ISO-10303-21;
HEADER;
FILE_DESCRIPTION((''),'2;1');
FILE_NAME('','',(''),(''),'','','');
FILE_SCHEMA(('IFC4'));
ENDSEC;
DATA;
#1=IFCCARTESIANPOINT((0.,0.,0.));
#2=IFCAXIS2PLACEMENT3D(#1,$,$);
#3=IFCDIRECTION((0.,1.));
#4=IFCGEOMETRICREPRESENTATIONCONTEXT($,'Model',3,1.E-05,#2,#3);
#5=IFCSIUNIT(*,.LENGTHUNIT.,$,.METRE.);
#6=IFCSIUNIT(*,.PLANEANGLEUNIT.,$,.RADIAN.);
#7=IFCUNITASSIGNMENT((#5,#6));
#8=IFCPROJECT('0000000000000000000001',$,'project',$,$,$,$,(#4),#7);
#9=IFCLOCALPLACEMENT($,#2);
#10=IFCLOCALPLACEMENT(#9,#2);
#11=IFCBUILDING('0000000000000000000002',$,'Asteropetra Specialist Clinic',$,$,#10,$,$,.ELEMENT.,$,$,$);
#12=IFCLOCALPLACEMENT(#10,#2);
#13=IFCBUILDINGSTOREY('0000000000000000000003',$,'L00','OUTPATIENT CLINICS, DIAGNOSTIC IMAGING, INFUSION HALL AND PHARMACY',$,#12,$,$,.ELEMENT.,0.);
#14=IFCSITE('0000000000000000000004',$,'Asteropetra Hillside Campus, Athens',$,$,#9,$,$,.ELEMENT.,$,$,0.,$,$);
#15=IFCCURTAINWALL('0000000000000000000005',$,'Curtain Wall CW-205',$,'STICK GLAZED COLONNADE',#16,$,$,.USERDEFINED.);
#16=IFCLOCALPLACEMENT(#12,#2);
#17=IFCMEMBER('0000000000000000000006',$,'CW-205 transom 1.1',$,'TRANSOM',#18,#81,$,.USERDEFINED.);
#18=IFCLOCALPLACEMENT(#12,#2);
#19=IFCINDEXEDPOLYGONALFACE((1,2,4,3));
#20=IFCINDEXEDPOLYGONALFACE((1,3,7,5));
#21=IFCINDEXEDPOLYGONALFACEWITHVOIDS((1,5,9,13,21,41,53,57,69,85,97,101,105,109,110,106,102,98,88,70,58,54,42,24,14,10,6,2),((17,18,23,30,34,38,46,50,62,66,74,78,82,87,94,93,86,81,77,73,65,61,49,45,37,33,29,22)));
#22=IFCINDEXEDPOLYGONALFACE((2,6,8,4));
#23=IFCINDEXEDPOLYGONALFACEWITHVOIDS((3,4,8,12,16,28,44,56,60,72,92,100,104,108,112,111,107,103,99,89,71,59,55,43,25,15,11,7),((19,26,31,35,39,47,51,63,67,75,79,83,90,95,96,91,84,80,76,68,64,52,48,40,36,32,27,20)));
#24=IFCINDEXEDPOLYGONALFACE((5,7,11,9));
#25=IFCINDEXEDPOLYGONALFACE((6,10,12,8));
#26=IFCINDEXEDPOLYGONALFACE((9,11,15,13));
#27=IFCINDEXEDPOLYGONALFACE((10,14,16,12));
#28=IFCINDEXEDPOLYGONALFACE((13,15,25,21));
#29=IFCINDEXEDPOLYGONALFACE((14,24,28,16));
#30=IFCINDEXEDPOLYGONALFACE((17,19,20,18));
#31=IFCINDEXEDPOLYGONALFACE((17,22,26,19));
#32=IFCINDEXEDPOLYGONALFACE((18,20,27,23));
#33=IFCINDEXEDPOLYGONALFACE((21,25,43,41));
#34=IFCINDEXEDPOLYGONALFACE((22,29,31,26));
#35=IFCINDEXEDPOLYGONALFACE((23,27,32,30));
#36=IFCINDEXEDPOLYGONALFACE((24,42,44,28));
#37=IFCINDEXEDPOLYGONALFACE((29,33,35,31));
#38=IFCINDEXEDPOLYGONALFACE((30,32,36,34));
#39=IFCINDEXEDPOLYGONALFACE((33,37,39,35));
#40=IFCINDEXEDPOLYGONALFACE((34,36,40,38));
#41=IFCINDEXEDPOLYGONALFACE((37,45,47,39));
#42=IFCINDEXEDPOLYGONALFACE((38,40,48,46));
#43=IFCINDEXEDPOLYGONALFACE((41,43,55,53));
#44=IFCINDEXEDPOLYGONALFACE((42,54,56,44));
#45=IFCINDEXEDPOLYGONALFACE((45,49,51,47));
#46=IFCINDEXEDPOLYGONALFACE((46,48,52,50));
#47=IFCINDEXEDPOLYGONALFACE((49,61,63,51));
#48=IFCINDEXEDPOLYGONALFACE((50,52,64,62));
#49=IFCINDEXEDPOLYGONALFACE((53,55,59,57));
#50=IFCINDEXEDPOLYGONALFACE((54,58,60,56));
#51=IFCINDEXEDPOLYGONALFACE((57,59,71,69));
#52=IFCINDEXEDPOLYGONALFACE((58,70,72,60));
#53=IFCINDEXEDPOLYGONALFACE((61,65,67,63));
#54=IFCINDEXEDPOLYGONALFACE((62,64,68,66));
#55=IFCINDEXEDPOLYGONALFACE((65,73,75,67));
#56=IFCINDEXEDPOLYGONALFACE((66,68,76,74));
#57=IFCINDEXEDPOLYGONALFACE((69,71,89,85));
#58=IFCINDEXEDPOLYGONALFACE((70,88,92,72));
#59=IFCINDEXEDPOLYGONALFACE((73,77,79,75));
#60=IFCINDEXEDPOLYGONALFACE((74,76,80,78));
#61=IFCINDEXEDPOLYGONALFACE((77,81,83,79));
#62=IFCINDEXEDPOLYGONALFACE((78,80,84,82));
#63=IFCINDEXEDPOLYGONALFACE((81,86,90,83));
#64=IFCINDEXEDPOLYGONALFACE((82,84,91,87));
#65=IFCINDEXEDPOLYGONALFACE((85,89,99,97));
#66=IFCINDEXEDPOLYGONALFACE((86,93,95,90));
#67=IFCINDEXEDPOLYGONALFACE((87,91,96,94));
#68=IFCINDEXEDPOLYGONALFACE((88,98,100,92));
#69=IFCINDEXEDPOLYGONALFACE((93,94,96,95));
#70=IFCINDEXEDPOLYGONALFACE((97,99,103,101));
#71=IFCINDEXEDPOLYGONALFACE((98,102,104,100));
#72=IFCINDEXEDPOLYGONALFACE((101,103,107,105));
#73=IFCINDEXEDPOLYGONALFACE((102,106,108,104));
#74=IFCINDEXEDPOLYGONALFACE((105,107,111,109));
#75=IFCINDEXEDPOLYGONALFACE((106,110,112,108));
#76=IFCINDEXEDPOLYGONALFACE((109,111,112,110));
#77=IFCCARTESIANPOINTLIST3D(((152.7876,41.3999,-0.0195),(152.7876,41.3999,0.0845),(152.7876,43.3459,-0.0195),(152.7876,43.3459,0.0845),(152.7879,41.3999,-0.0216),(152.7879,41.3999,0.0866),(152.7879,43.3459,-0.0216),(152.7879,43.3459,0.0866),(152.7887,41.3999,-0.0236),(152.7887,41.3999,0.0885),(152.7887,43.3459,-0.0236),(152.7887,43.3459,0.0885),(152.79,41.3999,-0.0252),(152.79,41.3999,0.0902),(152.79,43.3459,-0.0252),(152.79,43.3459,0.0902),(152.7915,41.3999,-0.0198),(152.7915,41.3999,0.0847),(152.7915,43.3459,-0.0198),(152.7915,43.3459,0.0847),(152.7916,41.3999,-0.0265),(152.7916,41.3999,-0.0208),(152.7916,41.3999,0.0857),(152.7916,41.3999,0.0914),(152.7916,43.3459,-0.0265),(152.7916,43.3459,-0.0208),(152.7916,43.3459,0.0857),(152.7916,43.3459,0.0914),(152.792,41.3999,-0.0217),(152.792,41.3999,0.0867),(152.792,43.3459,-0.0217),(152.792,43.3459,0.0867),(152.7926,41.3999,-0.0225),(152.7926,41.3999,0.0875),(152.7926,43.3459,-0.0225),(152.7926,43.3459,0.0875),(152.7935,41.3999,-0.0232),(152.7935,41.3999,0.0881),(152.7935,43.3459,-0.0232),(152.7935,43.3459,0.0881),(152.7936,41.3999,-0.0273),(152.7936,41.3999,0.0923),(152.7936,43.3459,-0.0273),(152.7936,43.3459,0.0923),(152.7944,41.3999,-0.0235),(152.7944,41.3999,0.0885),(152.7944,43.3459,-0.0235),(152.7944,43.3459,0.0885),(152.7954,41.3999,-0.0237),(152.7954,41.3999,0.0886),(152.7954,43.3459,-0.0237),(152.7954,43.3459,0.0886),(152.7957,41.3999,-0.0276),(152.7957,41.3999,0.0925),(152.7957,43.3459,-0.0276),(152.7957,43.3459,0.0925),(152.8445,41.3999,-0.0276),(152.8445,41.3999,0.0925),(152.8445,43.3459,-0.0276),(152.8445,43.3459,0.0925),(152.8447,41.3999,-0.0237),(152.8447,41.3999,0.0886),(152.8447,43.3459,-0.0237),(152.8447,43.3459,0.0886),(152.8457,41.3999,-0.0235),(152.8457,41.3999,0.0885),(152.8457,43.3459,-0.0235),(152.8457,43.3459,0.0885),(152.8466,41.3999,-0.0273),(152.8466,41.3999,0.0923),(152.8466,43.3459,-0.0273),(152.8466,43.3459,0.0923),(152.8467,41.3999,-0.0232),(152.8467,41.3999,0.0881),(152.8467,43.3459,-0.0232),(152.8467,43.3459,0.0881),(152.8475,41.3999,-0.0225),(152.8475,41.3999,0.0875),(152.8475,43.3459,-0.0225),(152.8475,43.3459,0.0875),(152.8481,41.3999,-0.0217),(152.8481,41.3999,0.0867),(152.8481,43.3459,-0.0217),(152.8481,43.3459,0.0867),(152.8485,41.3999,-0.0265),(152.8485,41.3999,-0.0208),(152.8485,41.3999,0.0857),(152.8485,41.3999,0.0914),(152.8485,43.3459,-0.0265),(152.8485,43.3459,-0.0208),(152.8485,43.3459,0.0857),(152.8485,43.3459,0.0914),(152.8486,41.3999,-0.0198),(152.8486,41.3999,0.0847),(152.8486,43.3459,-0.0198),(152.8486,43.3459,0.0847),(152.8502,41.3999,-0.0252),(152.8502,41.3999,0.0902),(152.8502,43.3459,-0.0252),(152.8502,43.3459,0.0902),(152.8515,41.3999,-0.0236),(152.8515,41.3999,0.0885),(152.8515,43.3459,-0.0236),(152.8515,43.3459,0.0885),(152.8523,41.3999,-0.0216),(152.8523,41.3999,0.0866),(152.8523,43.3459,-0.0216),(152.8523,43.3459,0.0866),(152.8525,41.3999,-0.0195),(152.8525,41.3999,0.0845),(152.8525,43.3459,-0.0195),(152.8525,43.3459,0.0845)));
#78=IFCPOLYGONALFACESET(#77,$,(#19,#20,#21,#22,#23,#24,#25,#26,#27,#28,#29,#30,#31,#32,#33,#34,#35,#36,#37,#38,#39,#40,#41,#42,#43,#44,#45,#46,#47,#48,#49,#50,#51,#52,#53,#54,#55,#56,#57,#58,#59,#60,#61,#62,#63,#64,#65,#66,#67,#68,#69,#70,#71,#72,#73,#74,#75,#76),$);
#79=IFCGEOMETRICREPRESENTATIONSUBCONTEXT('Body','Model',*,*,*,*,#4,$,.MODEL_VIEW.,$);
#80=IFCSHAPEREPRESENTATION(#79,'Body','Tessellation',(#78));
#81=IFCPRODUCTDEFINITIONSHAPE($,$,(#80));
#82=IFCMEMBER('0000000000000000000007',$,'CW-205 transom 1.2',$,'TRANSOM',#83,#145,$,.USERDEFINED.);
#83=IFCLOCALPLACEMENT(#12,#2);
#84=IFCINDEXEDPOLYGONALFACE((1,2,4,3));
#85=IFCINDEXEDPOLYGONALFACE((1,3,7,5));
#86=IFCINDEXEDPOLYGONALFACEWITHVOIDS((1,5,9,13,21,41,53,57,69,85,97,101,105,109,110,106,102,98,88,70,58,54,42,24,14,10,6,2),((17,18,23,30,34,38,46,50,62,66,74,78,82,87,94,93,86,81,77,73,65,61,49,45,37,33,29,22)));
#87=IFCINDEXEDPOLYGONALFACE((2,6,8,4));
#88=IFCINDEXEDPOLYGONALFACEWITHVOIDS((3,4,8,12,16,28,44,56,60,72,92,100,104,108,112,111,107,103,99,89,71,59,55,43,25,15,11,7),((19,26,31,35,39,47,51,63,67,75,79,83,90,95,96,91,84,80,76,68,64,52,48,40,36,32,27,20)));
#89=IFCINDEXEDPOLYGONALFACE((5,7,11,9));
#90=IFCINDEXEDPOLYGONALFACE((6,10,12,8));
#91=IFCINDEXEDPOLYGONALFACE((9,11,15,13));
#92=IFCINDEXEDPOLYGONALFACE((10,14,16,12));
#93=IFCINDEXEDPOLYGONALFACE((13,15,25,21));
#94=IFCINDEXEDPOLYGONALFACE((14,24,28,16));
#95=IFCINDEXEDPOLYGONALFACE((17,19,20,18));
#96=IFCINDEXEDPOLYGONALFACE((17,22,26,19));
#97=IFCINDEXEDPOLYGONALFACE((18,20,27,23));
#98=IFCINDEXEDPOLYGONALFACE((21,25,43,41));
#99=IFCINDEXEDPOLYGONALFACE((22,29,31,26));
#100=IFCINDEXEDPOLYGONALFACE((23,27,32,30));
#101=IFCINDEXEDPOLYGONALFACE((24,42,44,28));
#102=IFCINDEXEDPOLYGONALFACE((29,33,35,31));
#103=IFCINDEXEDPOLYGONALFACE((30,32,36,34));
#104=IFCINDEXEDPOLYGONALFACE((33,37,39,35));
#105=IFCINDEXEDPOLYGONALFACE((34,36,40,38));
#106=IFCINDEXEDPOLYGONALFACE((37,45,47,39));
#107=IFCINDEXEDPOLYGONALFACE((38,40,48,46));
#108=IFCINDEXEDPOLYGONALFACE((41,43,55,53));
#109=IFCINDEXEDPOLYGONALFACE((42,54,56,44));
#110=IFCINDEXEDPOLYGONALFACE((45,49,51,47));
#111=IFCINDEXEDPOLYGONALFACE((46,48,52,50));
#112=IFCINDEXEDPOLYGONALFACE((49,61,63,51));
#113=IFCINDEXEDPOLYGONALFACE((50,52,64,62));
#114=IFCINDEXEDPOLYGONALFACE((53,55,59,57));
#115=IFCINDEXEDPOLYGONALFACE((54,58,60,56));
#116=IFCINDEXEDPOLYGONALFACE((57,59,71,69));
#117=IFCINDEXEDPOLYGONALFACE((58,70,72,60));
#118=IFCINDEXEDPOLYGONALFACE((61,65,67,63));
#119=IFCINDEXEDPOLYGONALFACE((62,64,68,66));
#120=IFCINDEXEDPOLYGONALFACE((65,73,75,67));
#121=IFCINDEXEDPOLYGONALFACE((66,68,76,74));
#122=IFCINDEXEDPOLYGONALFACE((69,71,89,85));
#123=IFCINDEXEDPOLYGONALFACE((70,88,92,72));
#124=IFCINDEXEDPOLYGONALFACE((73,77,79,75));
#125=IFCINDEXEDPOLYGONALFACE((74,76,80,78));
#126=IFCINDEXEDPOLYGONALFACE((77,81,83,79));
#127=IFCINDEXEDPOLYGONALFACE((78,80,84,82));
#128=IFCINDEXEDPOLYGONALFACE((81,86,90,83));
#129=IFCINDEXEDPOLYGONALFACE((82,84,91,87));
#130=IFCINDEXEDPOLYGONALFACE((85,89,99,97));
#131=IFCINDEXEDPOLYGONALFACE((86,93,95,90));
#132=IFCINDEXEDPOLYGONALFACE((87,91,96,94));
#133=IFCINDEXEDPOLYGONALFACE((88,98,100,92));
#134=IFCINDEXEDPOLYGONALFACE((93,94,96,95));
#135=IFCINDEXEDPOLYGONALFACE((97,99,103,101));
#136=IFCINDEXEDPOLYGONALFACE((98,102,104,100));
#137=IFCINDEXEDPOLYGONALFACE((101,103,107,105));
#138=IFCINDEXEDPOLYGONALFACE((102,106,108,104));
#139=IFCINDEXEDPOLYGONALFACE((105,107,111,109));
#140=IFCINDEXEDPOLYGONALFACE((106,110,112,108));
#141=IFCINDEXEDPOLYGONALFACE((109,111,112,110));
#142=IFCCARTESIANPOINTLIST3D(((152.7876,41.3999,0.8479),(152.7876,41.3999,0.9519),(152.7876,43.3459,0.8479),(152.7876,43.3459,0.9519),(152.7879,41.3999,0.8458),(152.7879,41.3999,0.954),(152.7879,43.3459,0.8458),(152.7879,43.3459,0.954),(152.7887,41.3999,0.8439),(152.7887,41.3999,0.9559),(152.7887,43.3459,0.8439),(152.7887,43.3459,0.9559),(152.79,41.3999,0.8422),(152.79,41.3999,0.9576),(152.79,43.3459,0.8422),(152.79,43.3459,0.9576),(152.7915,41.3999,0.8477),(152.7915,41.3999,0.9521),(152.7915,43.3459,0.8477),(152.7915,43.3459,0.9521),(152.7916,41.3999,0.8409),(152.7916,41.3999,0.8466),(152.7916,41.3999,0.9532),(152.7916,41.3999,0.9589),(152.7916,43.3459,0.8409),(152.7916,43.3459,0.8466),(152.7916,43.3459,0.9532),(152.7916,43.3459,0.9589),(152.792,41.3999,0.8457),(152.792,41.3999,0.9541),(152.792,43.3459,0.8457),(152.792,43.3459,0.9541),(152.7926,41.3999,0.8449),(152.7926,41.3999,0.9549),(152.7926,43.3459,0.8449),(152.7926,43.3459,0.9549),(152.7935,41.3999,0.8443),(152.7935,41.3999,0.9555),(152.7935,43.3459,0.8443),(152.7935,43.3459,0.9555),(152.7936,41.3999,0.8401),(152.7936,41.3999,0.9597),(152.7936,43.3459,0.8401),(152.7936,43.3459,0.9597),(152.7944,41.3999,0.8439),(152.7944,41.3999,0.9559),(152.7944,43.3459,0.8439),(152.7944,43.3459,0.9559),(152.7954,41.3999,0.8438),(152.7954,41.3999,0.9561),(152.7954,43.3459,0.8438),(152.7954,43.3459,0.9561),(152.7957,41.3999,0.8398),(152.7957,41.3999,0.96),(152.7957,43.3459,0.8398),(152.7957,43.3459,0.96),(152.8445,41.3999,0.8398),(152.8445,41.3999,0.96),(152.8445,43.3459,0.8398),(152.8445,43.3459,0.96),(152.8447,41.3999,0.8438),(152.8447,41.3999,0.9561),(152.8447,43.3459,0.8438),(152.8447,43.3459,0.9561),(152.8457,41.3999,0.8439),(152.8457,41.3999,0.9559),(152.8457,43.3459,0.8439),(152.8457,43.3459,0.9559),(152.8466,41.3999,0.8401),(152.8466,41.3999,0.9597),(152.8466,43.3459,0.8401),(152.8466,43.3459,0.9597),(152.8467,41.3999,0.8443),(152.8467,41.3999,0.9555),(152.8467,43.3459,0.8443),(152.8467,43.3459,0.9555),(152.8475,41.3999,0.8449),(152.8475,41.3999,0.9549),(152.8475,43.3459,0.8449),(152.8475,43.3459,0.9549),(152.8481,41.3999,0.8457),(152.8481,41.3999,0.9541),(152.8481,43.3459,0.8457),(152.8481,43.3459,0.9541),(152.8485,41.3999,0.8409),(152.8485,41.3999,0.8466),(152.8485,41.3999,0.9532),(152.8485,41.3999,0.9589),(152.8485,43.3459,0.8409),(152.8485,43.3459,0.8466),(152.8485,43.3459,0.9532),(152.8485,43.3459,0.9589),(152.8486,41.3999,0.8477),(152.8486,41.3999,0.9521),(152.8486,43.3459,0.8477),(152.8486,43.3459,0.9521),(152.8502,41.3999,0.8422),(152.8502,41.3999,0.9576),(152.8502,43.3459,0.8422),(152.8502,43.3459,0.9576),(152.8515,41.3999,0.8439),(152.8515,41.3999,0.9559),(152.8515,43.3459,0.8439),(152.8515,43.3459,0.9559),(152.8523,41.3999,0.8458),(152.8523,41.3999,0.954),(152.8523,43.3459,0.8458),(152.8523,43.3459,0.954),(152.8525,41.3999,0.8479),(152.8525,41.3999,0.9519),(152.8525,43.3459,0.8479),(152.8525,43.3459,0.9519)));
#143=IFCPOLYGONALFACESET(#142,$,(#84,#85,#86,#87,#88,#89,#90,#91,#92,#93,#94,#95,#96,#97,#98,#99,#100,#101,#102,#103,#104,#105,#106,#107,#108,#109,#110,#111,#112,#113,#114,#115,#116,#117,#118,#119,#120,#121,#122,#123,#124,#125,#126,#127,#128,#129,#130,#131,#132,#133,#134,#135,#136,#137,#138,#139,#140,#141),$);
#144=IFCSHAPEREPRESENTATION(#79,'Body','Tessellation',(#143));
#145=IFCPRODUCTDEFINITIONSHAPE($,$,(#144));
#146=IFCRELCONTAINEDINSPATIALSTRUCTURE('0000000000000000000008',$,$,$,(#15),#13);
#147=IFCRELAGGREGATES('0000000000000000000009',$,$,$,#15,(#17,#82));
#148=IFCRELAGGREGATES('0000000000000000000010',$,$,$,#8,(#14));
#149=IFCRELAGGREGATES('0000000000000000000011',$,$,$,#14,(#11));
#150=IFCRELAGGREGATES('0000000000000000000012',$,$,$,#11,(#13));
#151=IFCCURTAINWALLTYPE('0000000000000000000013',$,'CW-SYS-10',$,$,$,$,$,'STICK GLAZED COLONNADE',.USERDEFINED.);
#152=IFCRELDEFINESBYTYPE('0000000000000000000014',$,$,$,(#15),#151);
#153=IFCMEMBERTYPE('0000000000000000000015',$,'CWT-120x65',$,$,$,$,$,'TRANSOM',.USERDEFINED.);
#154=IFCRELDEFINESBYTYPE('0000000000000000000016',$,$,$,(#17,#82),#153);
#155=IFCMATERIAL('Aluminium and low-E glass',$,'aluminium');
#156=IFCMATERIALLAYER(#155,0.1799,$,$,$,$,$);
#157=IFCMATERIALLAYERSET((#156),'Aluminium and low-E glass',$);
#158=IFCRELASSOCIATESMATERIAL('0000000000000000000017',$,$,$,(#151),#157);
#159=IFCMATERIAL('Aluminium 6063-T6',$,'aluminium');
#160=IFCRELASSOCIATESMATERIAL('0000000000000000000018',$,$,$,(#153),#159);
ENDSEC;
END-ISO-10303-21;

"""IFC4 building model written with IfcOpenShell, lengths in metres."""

from ifc_helpers import new_model, si_unit, direction, frame, origin, origin_2d, place, context, subcontext, project, spatial, hollow_rectangle, extrude, material, layer, layer_set, material_profile, profile_set, type_object, element, aggregate, save


model = new_model("IFC4")

# Units and contexts
model_context = context("Model", 3, precision=1e-05, world=origin(), true_north=direction((0.0, 1.0)))
body_context = subcontext(model_context, "Body", "Model", "MODEL_VIEW")
ifc_project = project(units=[si_unit("LENGTHUNIT", "METRE"), si_unit("PLANEANGLEUNIT", "RADIAN")], contexts=[model_context])

# Site, building, storey
site_placement = place(None, origin())
site = spatial("IfcSite", under=ifc_project, at=site_placement, Name="Asteropetra Hillside Campus, Athens", CompositionType="ELEMENT", RefElevation=0.0)
building_placement = place(site_placement, origin())
building = spatial("IfcBuilding", under=site, at=building_placement, Name="Asteropetra Specialist Clinic", CompositionType="ELEMENT")
storey_placement = place(building_placement, origin())
storey = spatial("IfcBuildingStorey", under=building, at=storey_placement, Name="L00", Description="OUTPATIENT CLINICS, DIAGNOSTIC IMAGING, INFUSION HALL AND PHARMACY", CompositionType="ELEMENT", Elevation=0.0)

# Curtain wall, members
ifc_material_1 = material(Name="Aluminium and low-E glass", Category="aluminium")
ifc_layer_1 = layer(ifc_material_1, 0.1799)
ifc_layer_set_1 = layer_set([ifc_layer_1], Name="Aluminium and low-E glass")
curtain_wall_type = type_object("IfcCurtainWallType", Name="CW-SYS-10", ElementType="STICK GLAZED COLONNADE", PredefinedType="USERDEFINED", material=ifc_layer_set_1)
curtain_wall_placement = place(storey_placement, origin())
curtain_wall = element("IfcCurtainWall", 1, at=curtain_wall_placement, inside=storey, type_object=curtain_wall_type, Name="Curtain Wall CW-205", ObjectType="STICK GLAZED COLONNADE", PredefinedType="USERDEFINED")
ifc_material_2 = material(Name="Aluminium 6063-T6", Category="aluminium")
ifc_material_profile_1 = material_profile(ifc_material_2, hollow_rectangle(XDim=0.0649, YDim=0.1201, WallThickness=0.0039, InnerFilletRadius=0.0039, OuterFilletRadius=0.0081, at=origin_2d()), Name="TRN 120x65x4.0")
ifc_profile_set_1 = profile_set([ifc_material_profile_1], Name="Aluminium 6063-T6")
member_type_1 = type_object("IfcMemberType", Name="CWT-120x65", ElementType="TRANSOM", PredefinedType="USERDEFINED", material=ifc_profile_set_1)
member_1_placement = place(storey_placement, frame((152.8201, 41.3999, 0.0325), z_axis=(0.0, 1.0, 0.0), x_axis=(-1.0, 0.0, 0.0)))
member_1 = element("IfcMember", 2, at=member_1_placement, type_object=member_type_1, Name="CW-205 transom 1.1", ObjectType="TRANSOM", PredefinedType="USERDEFINED", context=body_context, shape_type="SweptSolid", body=[
    extrude(hollow_rectangle(XDim=0.0649, YDim=0.1201, WallThickness=0.0039, InnerFilletRadius=0.0039, OuterFilletRadius=0.0081, at=origin_2d()), origin(), (0.0, 0.0, 1.0), 1.946),
])
member_2_placement = place(storey_placement, frame((152.8201, 41.3999, 0.8999), z_axis=(0.0, 1.0, 0.0), x_axis=(-1.0, 0.0, 0.0)))
member_2 = element("IfcMember", 3, at=member_2_placement, type_object=member_type_1, Name="CW-205 transom 1.2", ObjectType="TRANSOM", PredefinedType="USERDEFINED", context=body_context, shape_type="SweptSolid", body=[
    extrude(hollow_rectangle(XDim=0.0649, YDim=0.1201, WallThickness=0.0039, InnerFilletRadius=0.0039, OuterFilletRadius=0.0081, at=origin_2d()), origin(), (0.0, 0.0, 1.0), 1.946),
])
aggregate(curtain_wall, [member_1, member_2])

save(model, "model.ifc")
